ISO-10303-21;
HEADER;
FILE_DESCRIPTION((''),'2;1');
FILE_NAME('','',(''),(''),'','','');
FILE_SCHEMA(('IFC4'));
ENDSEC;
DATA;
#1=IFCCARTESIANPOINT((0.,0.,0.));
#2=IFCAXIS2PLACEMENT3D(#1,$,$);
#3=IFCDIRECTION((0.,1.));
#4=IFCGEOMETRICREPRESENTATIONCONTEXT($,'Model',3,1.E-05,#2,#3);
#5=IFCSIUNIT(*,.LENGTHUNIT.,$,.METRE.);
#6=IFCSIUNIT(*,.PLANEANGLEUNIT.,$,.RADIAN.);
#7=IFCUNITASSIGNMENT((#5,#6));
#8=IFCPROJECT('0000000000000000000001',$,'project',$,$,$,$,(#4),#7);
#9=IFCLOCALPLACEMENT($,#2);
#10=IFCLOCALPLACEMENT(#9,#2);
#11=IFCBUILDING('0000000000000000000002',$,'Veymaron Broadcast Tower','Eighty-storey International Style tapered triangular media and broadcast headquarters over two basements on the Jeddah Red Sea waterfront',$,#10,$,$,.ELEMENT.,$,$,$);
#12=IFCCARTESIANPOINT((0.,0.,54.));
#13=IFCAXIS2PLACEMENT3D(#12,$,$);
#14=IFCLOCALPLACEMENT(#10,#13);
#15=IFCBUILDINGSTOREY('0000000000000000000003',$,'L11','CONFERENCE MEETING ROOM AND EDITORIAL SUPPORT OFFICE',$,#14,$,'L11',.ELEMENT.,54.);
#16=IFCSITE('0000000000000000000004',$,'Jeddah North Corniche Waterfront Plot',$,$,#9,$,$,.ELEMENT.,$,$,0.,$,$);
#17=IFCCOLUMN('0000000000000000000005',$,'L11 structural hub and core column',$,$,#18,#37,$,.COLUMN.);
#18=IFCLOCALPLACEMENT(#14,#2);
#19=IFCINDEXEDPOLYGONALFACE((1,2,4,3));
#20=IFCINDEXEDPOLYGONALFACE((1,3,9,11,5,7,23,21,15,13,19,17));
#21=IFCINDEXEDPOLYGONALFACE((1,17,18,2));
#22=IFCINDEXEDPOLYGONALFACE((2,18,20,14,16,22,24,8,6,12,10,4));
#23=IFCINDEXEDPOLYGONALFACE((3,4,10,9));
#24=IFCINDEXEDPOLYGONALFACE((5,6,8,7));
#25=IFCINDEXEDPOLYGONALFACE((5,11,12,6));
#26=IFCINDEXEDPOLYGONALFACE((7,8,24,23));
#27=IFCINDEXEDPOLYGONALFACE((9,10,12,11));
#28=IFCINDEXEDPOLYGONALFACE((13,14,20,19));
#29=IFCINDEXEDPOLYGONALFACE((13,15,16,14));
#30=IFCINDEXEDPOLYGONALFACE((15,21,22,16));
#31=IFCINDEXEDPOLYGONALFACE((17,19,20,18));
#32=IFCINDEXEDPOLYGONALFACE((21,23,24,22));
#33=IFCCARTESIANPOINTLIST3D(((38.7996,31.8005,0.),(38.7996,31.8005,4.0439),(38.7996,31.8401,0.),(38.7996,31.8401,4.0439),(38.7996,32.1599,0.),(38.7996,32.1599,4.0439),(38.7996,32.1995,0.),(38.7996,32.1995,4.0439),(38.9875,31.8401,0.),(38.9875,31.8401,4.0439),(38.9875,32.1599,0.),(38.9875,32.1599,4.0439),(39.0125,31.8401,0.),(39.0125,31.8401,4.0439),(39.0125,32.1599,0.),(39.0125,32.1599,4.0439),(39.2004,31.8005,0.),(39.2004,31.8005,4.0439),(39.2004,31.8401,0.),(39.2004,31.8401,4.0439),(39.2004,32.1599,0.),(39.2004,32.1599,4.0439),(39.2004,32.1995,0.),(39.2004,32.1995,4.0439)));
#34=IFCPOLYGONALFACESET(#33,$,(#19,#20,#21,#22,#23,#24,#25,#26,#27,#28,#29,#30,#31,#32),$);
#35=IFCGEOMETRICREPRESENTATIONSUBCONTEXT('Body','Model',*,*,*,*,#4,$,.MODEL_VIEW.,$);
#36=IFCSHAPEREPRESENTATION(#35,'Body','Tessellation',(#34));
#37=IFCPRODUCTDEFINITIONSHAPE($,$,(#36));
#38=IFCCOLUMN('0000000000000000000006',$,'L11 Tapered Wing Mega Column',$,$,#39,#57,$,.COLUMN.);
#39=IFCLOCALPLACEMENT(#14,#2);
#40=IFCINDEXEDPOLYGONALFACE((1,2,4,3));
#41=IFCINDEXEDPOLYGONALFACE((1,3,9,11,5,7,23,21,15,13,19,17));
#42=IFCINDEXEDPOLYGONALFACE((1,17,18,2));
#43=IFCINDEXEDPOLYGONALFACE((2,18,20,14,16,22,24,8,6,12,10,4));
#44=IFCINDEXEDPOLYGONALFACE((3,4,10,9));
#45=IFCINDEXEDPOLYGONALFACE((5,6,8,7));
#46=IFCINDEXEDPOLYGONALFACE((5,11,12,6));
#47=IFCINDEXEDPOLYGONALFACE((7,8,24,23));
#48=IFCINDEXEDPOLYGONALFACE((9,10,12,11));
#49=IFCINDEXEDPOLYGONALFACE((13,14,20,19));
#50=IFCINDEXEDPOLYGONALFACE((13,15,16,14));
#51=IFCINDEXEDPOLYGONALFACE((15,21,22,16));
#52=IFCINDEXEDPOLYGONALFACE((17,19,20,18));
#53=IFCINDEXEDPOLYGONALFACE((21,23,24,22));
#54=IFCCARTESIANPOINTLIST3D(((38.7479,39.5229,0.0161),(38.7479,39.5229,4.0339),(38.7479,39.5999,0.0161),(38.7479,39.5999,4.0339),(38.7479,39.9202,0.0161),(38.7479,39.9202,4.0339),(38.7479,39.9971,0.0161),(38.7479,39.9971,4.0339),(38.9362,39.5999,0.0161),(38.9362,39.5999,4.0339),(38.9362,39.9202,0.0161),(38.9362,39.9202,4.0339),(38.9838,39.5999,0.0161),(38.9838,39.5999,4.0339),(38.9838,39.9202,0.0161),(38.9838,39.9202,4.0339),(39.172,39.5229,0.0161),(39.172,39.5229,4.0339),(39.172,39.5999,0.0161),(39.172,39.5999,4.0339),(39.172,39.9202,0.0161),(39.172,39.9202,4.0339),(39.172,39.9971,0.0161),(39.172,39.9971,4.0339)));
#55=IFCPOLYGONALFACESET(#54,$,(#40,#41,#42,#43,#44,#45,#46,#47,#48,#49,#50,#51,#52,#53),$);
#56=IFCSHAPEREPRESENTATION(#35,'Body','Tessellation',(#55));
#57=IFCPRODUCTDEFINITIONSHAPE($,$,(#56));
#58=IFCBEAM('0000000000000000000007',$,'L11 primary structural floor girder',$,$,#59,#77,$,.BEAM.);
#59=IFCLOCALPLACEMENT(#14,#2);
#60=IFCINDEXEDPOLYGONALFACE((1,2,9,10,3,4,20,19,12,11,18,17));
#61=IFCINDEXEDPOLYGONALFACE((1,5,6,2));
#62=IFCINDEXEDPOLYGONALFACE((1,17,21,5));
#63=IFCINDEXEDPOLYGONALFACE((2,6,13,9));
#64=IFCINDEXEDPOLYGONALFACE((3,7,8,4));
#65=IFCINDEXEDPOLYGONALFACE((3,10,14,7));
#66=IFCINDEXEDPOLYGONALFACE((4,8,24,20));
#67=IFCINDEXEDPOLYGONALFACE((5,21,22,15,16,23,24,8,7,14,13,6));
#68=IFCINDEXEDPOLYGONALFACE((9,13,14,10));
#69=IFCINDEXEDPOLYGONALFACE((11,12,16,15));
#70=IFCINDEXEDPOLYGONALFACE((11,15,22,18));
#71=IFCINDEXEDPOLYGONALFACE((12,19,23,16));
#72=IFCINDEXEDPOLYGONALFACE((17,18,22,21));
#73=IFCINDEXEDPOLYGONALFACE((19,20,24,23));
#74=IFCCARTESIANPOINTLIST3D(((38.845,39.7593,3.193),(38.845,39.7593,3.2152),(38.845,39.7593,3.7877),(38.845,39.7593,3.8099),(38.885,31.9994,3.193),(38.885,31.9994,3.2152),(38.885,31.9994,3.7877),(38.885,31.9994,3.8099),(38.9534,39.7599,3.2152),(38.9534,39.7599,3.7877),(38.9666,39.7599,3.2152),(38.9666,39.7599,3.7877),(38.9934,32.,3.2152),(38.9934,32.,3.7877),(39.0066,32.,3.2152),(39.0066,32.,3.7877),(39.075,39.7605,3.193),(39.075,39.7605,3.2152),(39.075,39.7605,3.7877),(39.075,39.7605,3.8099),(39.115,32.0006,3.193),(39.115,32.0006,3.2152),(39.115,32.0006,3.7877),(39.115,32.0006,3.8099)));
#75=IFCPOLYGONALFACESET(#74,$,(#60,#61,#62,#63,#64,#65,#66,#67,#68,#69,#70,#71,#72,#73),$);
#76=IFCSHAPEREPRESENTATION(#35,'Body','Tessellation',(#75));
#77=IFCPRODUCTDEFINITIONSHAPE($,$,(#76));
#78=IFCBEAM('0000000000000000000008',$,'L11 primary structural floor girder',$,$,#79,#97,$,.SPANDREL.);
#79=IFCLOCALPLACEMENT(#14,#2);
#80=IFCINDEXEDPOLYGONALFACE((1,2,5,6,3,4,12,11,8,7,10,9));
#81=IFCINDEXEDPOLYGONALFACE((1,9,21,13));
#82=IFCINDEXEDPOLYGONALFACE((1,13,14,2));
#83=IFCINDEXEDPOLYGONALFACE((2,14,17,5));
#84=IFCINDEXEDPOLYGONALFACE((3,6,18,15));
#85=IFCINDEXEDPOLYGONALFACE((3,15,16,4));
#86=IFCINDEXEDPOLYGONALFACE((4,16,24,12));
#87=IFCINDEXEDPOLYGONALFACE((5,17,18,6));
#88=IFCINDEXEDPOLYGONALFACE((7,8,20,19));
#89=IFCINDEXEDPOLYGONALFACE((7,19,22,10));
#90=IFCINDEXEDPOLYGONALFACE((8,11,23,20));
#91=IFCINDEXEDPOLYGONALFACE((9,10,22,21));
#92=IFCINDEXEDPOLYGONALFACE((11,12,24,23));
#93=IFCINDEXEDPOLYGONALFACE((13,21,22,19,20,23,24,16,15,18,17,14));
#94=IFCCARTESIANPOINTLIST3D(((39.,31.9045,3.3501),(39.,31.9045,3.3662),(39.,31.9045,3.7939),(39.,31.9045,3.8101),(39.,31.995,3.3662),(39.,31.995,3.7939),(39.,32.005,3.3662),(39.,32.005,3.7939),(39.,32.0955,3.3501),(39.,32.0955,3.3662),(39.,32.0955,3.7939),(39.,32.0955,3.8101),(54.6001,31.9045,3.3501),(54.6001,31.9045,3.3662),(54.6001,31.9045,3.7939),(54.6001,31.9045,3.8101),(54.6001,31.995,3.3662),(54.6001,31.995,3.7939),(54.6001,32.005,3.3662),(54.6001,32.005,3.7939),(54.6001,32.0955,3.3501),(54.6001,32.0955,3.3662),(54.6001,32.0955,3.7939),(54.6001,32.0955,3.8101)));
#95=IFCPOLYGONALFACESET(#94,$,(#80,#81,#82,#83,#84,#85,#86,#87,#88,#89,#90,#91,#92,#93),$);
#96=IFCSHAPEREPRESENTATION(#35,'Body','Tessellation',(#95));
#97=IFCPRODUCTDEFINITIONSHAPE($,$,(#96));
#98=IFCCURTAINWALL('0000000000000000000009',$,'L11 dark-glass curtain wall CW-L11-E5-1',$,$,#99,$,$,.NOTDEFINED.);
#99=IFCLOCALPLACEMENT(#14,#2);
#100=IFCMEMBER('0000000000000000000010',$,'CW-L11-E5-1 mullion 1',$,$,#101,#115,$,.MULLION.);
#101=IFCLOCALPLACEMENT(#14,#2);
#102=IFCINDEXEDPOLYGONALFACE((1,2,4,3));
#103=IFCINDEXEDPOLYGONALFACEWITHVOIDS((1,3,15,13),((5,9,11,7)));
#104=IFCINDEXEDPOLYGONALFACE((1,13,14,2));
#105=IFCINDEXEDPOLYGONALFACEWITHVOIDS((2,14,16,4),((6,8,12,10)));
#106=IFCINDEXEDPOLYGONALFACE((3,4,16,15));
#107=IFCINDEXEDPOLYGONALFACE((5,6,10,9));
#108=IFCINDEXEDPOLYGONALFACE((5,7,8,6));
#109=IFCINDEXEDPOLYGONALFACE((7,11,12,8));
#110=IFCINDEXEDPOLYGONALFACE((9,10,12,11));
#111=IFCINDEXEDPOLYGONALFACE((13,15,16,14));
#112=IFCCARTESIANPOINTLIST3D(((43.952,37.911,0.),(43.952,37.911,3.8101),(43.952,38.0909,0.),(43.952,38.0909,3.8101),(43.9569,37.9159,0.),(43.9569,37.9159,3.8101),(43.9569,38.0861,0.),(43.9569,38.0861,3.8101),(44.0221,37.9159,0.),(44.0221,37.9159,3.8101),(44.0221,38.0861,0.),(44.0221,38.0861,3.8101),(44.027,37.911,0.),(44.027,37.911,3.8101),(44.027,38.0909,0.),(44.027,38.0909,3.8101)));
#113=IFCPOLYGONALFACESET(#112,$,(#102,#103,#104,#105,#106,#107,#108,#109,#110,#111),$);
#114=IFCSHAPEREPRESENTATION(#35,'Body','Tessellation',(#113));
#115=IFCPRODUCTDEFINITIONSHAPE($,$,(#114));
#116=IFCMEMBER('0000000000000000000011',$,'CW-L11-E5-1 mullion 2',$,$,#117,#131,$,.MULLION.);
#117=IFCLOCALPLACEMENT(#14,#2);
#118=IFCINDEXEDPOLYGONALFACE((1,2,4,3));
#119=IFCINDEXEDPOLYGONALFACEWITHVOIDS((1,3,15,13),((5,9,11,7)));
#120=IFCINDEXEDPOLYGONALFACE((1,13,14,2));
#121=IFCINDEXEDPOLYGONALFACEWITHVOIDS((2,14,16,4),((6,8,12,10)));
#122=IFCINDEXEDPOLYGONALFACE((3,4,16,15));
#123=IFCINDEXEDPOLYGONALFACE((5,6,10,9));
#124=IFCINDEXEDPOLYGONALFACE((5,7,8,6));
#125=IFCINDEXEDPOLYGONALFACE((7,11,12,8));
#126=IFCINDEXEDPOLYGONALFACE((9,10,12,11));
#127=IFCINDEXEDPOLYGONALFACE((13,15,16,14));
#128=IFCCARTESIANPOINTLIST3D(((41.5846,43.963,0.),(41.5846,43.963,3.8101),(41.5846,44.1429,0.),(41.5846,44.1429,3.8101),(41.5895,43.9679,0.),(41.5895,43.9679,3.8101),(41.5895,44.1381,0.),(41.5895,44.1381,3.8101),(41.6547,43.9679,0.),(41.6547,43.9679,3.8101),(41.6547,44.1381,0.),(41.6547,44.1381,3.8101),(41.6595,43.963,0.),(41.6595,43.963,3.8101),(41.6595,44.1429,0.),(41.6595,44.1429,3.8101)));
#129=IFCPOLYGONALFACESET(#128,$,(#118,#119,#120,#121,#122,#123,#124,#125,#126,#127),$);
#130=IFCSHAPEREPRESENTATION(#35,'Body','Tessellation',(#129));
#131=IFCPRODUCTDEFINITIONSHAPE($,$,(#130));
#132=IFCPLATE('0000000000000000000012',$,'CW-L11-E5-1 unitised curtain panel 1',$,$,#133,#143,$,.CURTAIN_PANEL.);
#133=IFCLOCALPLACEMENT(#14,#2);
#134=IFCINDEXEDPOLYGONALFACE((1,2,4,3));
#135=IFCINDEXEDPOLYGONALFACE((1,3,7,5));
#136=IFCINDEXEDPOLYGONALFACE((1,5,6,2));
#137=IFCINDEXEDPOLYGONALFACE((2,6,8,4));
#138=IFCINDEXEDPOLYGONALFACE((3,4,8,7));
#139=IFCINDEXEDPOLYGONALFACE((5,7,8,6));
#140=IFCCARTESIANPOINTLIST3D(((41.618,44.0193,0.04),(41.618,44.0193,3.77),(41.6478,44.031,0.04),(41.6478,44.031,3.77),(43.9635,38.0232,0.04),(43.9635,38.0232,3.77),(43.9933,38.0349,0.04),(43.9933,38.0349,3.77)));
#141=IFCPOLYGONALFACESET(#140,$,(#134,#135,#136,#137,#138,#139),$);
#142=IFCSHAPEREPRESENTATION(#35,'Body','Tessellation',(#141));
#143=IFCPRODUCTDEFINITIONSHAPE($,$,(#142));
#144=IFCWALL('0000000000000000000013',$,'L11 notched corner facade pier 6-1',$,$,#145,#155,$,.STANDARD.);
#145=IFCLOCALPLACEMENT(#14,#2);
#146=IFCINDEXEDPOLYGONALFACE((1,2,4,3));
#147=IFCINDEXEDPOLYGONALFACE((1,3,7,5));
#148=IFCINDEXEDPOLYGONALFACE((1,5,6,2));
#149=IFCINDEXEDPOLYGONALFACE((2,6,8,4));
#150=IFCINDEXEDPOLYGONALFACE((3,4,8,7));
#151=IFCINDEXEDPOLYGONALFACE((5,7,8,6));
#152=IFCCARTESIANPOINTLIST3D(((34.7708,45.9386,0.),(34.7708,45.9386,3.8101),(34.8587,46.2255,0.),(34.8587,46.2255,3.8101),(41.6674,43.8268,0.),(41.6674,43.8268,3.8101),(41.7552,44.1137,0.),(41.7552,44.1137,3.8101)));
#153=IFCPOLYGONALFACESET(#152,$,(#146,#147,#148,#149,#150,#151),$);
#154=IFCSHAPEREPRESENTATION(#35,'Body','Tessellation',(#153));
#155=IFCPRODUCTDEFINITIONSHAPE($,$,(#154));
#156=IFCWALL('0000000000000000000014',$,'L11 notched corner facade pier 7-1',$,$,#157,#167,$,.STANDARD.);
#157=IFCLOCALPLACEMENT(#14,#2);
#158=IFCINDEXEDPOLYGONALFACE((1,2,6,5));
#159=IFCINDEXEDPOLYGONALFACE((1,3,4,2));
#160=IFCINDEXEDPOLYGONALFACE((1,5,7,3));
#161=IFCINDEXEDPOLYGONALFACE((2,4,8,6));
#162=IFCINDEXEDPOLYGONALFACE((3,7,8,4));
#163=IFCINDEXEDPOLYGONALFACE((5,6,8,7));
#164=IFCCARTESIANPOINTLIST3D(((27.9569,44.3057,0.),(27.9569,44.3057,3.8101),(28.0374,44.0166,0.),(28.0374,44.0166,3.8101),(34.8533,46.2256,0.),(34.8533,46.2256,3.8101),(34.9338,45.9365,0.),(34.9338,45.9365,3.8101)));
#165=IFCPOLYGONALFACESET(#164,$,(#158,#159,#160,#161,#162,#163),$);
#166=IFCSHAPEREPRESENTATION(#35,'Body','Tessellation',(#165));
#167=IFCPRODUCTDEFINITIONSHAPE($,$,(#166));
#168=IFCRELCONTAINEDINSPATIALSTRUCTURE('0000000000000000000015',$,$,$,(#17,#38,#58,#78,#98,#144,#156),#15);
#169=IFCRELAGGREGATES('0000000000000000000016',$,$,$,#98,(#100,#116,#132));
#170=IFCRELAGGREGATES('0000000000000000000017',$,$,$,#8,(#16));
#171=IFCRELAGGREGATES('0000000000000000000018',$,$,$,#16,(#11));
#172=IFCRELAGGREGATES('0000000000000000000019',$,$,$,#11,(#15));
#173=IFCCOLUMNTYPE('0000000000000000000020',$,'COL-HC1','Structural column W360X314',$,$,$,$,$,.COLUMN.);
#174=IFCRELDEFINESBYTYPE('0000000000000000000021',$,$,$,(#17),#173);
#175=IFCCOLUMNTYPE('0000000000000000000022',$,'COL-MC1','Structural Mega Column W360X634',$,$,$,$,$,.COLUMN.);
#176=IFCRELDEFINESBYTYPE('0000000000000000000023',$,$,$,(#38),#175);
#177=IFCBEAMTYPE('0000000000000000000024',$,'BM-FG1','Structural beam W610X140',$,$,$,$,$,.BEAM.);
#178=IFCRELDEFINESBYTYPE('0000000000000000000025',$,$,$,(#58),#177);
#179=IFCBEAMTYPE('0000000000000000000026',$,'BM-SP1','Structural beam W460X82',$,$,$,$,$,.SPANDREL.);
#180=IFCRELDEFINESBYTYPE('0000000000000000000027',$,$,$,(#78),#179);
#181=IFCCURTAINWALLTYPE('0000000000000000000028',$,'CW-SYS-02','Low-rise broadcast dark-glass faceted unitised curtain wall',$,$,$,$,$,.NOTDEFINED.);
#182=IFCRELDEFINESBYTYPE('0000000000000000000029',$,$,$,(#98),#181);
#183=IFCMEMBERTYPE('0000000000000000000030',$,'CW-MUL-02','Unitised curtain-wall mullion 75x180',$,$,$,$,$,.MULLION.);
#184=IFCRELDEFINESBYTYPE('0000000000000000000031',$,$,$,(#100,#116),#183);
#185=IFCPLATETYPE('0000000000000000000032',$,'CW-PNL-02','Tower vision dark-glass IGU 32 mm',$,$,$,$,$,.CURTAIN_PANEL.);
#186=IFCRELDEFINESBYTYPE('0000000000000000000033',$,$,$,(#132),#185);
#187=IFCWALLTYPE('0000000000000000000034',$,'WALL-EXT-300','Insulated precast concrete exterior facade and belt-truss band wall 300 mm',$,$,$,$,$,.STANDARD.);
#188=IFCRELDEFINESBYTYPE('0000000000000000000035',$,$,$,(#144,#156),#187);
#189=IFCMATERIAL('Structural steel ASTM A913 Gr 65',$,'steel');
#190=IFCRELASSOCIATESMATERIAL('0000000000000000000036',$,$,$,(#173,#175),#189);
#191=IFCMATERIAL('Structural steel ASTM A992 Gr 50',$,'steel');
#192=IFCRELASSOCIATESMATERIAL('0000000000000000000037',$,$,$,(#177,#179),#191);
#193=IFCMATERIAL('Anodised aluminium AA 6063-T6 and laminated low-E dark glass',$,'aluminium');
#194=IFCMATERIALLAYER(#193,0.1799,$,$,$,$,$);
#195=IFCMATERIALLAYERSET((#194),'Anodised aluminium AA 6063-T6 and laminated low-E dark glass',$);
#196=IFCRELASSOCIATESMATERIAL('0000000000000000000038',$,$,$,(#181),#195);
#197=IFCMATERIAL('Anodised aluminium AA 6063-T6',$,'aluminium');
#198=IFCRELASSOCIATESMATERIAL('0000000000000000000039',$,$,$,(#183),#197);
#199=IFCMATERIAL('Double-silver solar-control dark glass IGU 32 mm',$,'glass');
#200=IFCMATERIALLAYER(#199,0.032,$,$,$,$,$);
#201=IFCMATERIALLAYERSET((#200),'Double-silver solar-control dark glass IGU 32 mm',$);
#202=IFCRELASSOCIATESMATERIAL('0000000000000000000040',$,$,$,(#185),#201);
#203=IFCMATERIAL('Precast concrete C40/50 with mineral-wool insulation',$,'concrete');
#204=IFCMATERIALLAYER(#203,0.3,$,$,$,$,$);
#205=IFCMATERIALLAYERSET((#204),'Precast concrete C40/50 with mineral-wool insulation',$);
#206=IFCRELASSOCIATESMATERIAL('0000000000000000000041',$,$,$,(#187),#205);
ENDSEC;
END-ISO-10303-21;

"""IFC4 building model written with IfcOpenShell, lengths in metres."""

from ifc_helpers import new_model, si_unit, direction, frame, frame_2d, origin, origin_2d, place, context, subcontext, project, spatial, rectangle, hollow_rectangle, i_section, extrude, material, layer, layer_set, material_profile, profile_set, type_object, element, aggregate, save


model = new_model("IFC4")

# Units and contexts
model_context = context("Model", 3, precision=1e-05, world=origin(), true_north=direction((0.0, 1.0)))
body_context = subcontext(model_context, "Body", "Model", "MODEL_VIEW")
ifc_project = project(units=[si_unit("LENGTHUNIT", "METRE"), si_unit("PLANEANGLEUNIT", "RADIAN")], contexts=[model_context])

# Site, building, storey
site_placement = place(None, origin())
site = spatial("IfcSite", under=ifc_project, at=site_placement, Name="Jeddah North Corniche Waterfront Plot", CompositionType="ELEMENT", RefElevation=0.0)
building_placement = place(site_placement, origin())
building = spatial("IfcBuilding", under=site, at=building_placement, Name="Veymaron Broadcast Tower", Description="Eighty-storey International Style tapered triangular media and broadcast headquarters over two basements on the Jeddah Red Sea waterfront", CompositionType="ELEMENT")
storey_placement = place(building_placement, frame((0.0, 0.0, 54.0)))
storey = spatial("IfcBuildingStorey", under=building, at=storey_placement, Name="L11", Description="CONFERENCE MEETING ROOM AND EDITORIAL SUPPORT OFFICE", LongName="L11", CompositionType="ELEMENT", Elevation=54.0)

# Columns
ifc_material_1 = material(Name="Structural steel ASTM A913 Gr 65", Category="steel")
ifc_material_profile_1 = material_profile(ifc_material_1, i_section(OverallWidth=0.4009, OverallDepth=0.3989, WebThickness=0.0249, FlangeThickness=0.0396, at=origin_2d()), Name="W360X314")
ifc_profile_set_1 = profile_set([ifc_material_profile_1], Name="Structural steel ASTM A913 Gr 65")
column_type_1 = type_object("IfcColumnType", Name="COL-HC1", Description="Structural column W360X314", PredefinedType="COLUMN", material=ifc_profile_set_1)
column_1_placement = place(storey_placement, frame((39.0, 32.0, 0.0), z_axis=(0.0, 0.0, 1.0), x_axis=(1.0, 0.0, 0.0)))
element("IfcColumn", 1, at=column_1_placement, inside=storey, type_object=column_type_1, Name="L11 structural hub and core column", PredefinedType="COLUMN", context=body_context, shape_type="SweptSolid", body=[
    extrude(i_section(OverallWidth=0.4009, OverallDepth=0.3989, WebThickness=0.0249, FlangeThickness=0.0396, at=origin_2d()), origin(), (0.0, 0.0, 1.0), 4.0439),
])
ifc_material_profile_2 = material_profile(ifc_material_1, i_section(OverallWidth=0.4241, OverallDepth=0.4741, WebThickness=0.0476, FlangeThickness=0.0769, at=origin_2d()), Name="W360X634")
ifc_profile_set_2 = profile_set([ifc_material_profile_2], Name="Structural steel ASTM A913 Gr 65")
column_type_2 = type_object("IfcColumnType", Name="COL-MC1", Description="Structural Mega Column W360X634", PredefinedType="COLUMN", material=ifc_profile_set_2)
column_2_placement = place(storey_placement, frame((38.96, 39.76, 0.0161), z_axis=(0.0, 0.0, 1.0), x_axis=(1.0, 0.0, 0.0)))
element("IfcColumn", 2, at=column_2_placement, inside=storey, type_object=column_type_2, Name="L11 Tapered Wing Mega Column", PredefinedType="COLUMN", context=body_context, shape_type="SweptSolid", body=[
    extrude(i_section(OverallWidth=0.4241, OverallDepth=0.4741, WebThickness=0.0476, FlangeThickness=0.0769, at=origin_2d()), origin(), (0.0, 0.0, 1.0), 4.0178),
])

# Beams
ifc_material_2 = material(Name="Structural steel ASTM A992 Gr 50", Category="steel")
ifc_material_profile_3 = material_profile(ifc_material_2, i_section(OverallWidth=0.23, OverallDepth=0.6169, WebThickness=0.0132, FlangeThickness=0.0222, at=origin_2d()), Name="W610X140")
ifc_profile_set_3 = profile_set([ifc_material_profile_3], Name="Structural steel ASTM A992 Gr 50")
beam_type_1 = type_object("IfcBeamType", Name="BM-FG1", Description="Structural beam W610X140", PredefinedType="BEAM", material=ifc_profile_set_3)
beam_1_placement = place(storey_placement, frame((39.0, 32.0, 3.5015), z_axis=(-0.00516, 0.999987, 0.0), x_axis=(-0.999987, -0.00516, 0.0)))
element("IfcBeam", 3, at=beam_1_placement, inside=storey, type_object=beam_type_1, Name="L11 primary structural floor girder", PredefinedType="BEAM", context=body_context, shape_type="SweptSolid", body=[
    extrude(i_section(OverallWidth=0.23, OverallDepth=0.6169, WebThickness=0.0132, FlangeThickness=0.0222, at=origin_2d()), origin(), (0.0, 0.0, 1.0), 7.76),
])
ifc_material_profile_4 = material_profile(ifc_material_2, i_section(OverallWidth=0.1909, OverallDepth=0.46, WebThickness=0.01, FlangeThickness=0.0161, at=origin_2d()), Name="W460X82")
ifc_profile_set_4 = profile_set([ifc_material_profile_4], Name="Structural steel ASTM A992 Gr 50")
beam_type_2 = type_object("IfcBeamType", Name="BM-SP1", Description="Structural beam W460X82", PredefinedType="SPANDREL", material=ifc_profile_set_4)
beam_2_placement = place(storey_placement, frame((39.0, 32.0, 3.5801), z_axis=(1.0, 0.0, 0.0), x_axis=(0.0, 1.0, 0.0)))
element("IfcBeam", 4, at=beam_2_placement, inside=storey, type_object=beam_type_2, Name="L11 primary structural floor girder", PredefinedType="SPANDREL", context=body_context, shape_type="SweptSolid", body=[
    extrude(i_section(OverallWidth=0.1909, OverallDepth=0.46, WebThickness=0.01, FlangeThickness=0.0161, at=origin_2d()), origin(), (0.0, 0.0, 1.0), 15.6001),
])

# Curtain wall, members, plate
ifc_material_3 = material(Name="Anodised aluminium AA 6063-T6 and laminated low-E dark glass", Category="aluminium")
ifc_layer_1 = layer(ifc_material_3, 0.1799)
ifc_layer_set_1 = layer_set([ifc_layer_1], Name="Anodised aluminium AA 6063-T6 and laminated low-E dark glass")
curtain_wall_type = type_object("IfcCurtainWallType", Name="CW-SYS-02", Description="Low-rise broadcast dark-glass faceted unitised curtain wall", PredefinedType="NOTDEFINED", material=ifc_layer_set_1)
curtain_wall_placement = place(storey_placement, origin())
curtain_wall = element("IfcCurtainWall", 5, at=curtain_wall_placement, inside=storey, type_object=curtain_wall_type, Name="L11 dark-glass curtain wall CW-L11-E5-1", PredefinedType="NOTDEFINED")
ifc_material_4 = material(Name="Anodised aluminium AA 6063-T6", Category="aluminium")
ifc_material_profile_5 = material_profile(ifc_material_4, hollow_rectangle(XDim=0.075, YDim=0.1799, WallThickness=0.0049, at=origin_2d()), Name="AL180X75X5")
ifc_profile_set_5 = profile_set([ifc_material_profile_5], Name="Anodised aluminium AA 6063-T6")
member_type = type_object("IfcMemberType", Name="CW-MUL-02", Description="Unitised curtain-wall mullion 75x180", PredefinedType="MULLION", material=ifc_profile_set_5)
member_1_placement = place(storey_placement, frame((43.9895, 38.001, 0.0), z_axis=(0.0, 0.0, 1.0), x_axis=(1.0, 0.0, 0.0)))
member_1 = element("IfcMember", 6, at=member_1_placement, type_object=member_type, Name="CW-L11-E5-1 mullion 1", PredefinedType="MULLION", context=body_context, shape_type="SweptSolid", body=[
    extrude(hollow_rectangle(XDim=0.075, YDim=0.1799, WallThickness=0.0049, at=origin_2d()), origin(), (0.0, 0.0, 1.0), 3.8101),
])
member_2_placement = place(storey_placement, frame((41.6221, 44.053, 0.0), z_axis=(0.0, 0.0, 1.0), x_axis=(1.0, 0.0, 0.0)))
member_2 = element("IfcMember", 7, at=member_2_placement, type_object=member_type, Name="CW-L11-E5-1 mullion 2", PredefinedType="MULLION", context=body_context, shape_type="SweptSolid", body=[
    extrude(hollow_rectangle(XDim=0.075, YDim=0.1799, WallThickness=0.0049, at=origin_2d()), origin(), (0.0, 0.0, 1.0), 3.8101),
])
ifc_material_5 = material(Name="Double-silver solar-control dark glass IGU 32 mm", Category="glass")
ifc_layer_2 = layer(ifc_material_5, 0.032)
ifc_layer_set_2 = layer_set([ifc_layer_2], Name="Double-silver solar-control dark glass IGU 32 mm")
plate_type = type_object("IfcPlateType", Name="CW-PNL-02", Description="Tower vision dark-glass IGU 32 mm", PredefinedType="CURTAIN_PANEL", material=ifc_layer_set_2)
plate_placement = place(storey_placement, frame((42.8057, 41.0271, 0.04), z_axis=(0.0, 0.0, 1.0), x_axis=(-0.364292, 0.931285, 0.0)))
plate = element("IfcPlate", 8, at=plate_placement, type_object=plate_type, Name="CW-L11-E5-1 unitised curtain panel 1", PredefinedType="CURTAIN_PANEL", context=body_context, shape_type="SweptSolid", body=[
    extrude(rectangle(XDim=6.4385, YDim=0.032, at=origin_2d()), origin(), (0.0, 0.0, 1.0), 3.73),
])
aggregate(curtain_wall, [member_1, member_2, plate])

# Walls
ifc_material_6 = material(Name="Precast concrete C40/50 with mineral-wool insulation", Category="concrete")
ifc_layer_3 = layer(ifc_material_6, 0.3)
ifc_layer_set_3 = layer_set([ifc_layer_3], Name="Precast concrete C40/50 with mineral-wool insulation")
wall_type_1 = type_object("IfcWallType", Name="WALL-EXT-300", Description="Insulated precast concrete exterior facade and belt-truss band wall 300 mm", PredefinedType="STANDARD", material=ifc_layer_set_3)
wall_1_placement = place(storey_placement, frame((41.7114, 43.9702, 0.0), z_axis=(0.0, 0.0, 1.0), x_axis=(-0.956175, 0.292796, 0.0)))
element("IfcWall", 9, at=wall_1_placement, inside=storey, type_object=wall_type_1, Name="L11 notched corner facade pier 6-1", PredefinedType="STANDARD", context=body_context, shape_type="SweptSolid", body=[
    extrude(rectangle(XDim=7.2126, YDim=0.3, at=frame_2d((3.6064, 0.0))), origin(), (0.0, 0.0, 1.0), 3.8101),
])
wall_2_placement = place(storey_placement, frame((34.8936, 46.0811, 0.0), z_axis=(0.0, 0.0, 1.0), x_axis=(-0.963365, -0.268193, 0.0)))
element("IfcWall", 10, at=wall_2_placement, inside=storey, type_object=wall_type_1, Name="L11 notched corner facade pier 7-1", PredefinedType="STANDARD", context=body_context, shape_type="SweptSolid", body=[
    extrude(rectangle(XDim=7.1587, YDim=0.3, at=frame_2d((3.5793, 0.0))), origin(), (0.0, 0.0, 1.0), 3.8101),
])

save(model, "model.ifc")
